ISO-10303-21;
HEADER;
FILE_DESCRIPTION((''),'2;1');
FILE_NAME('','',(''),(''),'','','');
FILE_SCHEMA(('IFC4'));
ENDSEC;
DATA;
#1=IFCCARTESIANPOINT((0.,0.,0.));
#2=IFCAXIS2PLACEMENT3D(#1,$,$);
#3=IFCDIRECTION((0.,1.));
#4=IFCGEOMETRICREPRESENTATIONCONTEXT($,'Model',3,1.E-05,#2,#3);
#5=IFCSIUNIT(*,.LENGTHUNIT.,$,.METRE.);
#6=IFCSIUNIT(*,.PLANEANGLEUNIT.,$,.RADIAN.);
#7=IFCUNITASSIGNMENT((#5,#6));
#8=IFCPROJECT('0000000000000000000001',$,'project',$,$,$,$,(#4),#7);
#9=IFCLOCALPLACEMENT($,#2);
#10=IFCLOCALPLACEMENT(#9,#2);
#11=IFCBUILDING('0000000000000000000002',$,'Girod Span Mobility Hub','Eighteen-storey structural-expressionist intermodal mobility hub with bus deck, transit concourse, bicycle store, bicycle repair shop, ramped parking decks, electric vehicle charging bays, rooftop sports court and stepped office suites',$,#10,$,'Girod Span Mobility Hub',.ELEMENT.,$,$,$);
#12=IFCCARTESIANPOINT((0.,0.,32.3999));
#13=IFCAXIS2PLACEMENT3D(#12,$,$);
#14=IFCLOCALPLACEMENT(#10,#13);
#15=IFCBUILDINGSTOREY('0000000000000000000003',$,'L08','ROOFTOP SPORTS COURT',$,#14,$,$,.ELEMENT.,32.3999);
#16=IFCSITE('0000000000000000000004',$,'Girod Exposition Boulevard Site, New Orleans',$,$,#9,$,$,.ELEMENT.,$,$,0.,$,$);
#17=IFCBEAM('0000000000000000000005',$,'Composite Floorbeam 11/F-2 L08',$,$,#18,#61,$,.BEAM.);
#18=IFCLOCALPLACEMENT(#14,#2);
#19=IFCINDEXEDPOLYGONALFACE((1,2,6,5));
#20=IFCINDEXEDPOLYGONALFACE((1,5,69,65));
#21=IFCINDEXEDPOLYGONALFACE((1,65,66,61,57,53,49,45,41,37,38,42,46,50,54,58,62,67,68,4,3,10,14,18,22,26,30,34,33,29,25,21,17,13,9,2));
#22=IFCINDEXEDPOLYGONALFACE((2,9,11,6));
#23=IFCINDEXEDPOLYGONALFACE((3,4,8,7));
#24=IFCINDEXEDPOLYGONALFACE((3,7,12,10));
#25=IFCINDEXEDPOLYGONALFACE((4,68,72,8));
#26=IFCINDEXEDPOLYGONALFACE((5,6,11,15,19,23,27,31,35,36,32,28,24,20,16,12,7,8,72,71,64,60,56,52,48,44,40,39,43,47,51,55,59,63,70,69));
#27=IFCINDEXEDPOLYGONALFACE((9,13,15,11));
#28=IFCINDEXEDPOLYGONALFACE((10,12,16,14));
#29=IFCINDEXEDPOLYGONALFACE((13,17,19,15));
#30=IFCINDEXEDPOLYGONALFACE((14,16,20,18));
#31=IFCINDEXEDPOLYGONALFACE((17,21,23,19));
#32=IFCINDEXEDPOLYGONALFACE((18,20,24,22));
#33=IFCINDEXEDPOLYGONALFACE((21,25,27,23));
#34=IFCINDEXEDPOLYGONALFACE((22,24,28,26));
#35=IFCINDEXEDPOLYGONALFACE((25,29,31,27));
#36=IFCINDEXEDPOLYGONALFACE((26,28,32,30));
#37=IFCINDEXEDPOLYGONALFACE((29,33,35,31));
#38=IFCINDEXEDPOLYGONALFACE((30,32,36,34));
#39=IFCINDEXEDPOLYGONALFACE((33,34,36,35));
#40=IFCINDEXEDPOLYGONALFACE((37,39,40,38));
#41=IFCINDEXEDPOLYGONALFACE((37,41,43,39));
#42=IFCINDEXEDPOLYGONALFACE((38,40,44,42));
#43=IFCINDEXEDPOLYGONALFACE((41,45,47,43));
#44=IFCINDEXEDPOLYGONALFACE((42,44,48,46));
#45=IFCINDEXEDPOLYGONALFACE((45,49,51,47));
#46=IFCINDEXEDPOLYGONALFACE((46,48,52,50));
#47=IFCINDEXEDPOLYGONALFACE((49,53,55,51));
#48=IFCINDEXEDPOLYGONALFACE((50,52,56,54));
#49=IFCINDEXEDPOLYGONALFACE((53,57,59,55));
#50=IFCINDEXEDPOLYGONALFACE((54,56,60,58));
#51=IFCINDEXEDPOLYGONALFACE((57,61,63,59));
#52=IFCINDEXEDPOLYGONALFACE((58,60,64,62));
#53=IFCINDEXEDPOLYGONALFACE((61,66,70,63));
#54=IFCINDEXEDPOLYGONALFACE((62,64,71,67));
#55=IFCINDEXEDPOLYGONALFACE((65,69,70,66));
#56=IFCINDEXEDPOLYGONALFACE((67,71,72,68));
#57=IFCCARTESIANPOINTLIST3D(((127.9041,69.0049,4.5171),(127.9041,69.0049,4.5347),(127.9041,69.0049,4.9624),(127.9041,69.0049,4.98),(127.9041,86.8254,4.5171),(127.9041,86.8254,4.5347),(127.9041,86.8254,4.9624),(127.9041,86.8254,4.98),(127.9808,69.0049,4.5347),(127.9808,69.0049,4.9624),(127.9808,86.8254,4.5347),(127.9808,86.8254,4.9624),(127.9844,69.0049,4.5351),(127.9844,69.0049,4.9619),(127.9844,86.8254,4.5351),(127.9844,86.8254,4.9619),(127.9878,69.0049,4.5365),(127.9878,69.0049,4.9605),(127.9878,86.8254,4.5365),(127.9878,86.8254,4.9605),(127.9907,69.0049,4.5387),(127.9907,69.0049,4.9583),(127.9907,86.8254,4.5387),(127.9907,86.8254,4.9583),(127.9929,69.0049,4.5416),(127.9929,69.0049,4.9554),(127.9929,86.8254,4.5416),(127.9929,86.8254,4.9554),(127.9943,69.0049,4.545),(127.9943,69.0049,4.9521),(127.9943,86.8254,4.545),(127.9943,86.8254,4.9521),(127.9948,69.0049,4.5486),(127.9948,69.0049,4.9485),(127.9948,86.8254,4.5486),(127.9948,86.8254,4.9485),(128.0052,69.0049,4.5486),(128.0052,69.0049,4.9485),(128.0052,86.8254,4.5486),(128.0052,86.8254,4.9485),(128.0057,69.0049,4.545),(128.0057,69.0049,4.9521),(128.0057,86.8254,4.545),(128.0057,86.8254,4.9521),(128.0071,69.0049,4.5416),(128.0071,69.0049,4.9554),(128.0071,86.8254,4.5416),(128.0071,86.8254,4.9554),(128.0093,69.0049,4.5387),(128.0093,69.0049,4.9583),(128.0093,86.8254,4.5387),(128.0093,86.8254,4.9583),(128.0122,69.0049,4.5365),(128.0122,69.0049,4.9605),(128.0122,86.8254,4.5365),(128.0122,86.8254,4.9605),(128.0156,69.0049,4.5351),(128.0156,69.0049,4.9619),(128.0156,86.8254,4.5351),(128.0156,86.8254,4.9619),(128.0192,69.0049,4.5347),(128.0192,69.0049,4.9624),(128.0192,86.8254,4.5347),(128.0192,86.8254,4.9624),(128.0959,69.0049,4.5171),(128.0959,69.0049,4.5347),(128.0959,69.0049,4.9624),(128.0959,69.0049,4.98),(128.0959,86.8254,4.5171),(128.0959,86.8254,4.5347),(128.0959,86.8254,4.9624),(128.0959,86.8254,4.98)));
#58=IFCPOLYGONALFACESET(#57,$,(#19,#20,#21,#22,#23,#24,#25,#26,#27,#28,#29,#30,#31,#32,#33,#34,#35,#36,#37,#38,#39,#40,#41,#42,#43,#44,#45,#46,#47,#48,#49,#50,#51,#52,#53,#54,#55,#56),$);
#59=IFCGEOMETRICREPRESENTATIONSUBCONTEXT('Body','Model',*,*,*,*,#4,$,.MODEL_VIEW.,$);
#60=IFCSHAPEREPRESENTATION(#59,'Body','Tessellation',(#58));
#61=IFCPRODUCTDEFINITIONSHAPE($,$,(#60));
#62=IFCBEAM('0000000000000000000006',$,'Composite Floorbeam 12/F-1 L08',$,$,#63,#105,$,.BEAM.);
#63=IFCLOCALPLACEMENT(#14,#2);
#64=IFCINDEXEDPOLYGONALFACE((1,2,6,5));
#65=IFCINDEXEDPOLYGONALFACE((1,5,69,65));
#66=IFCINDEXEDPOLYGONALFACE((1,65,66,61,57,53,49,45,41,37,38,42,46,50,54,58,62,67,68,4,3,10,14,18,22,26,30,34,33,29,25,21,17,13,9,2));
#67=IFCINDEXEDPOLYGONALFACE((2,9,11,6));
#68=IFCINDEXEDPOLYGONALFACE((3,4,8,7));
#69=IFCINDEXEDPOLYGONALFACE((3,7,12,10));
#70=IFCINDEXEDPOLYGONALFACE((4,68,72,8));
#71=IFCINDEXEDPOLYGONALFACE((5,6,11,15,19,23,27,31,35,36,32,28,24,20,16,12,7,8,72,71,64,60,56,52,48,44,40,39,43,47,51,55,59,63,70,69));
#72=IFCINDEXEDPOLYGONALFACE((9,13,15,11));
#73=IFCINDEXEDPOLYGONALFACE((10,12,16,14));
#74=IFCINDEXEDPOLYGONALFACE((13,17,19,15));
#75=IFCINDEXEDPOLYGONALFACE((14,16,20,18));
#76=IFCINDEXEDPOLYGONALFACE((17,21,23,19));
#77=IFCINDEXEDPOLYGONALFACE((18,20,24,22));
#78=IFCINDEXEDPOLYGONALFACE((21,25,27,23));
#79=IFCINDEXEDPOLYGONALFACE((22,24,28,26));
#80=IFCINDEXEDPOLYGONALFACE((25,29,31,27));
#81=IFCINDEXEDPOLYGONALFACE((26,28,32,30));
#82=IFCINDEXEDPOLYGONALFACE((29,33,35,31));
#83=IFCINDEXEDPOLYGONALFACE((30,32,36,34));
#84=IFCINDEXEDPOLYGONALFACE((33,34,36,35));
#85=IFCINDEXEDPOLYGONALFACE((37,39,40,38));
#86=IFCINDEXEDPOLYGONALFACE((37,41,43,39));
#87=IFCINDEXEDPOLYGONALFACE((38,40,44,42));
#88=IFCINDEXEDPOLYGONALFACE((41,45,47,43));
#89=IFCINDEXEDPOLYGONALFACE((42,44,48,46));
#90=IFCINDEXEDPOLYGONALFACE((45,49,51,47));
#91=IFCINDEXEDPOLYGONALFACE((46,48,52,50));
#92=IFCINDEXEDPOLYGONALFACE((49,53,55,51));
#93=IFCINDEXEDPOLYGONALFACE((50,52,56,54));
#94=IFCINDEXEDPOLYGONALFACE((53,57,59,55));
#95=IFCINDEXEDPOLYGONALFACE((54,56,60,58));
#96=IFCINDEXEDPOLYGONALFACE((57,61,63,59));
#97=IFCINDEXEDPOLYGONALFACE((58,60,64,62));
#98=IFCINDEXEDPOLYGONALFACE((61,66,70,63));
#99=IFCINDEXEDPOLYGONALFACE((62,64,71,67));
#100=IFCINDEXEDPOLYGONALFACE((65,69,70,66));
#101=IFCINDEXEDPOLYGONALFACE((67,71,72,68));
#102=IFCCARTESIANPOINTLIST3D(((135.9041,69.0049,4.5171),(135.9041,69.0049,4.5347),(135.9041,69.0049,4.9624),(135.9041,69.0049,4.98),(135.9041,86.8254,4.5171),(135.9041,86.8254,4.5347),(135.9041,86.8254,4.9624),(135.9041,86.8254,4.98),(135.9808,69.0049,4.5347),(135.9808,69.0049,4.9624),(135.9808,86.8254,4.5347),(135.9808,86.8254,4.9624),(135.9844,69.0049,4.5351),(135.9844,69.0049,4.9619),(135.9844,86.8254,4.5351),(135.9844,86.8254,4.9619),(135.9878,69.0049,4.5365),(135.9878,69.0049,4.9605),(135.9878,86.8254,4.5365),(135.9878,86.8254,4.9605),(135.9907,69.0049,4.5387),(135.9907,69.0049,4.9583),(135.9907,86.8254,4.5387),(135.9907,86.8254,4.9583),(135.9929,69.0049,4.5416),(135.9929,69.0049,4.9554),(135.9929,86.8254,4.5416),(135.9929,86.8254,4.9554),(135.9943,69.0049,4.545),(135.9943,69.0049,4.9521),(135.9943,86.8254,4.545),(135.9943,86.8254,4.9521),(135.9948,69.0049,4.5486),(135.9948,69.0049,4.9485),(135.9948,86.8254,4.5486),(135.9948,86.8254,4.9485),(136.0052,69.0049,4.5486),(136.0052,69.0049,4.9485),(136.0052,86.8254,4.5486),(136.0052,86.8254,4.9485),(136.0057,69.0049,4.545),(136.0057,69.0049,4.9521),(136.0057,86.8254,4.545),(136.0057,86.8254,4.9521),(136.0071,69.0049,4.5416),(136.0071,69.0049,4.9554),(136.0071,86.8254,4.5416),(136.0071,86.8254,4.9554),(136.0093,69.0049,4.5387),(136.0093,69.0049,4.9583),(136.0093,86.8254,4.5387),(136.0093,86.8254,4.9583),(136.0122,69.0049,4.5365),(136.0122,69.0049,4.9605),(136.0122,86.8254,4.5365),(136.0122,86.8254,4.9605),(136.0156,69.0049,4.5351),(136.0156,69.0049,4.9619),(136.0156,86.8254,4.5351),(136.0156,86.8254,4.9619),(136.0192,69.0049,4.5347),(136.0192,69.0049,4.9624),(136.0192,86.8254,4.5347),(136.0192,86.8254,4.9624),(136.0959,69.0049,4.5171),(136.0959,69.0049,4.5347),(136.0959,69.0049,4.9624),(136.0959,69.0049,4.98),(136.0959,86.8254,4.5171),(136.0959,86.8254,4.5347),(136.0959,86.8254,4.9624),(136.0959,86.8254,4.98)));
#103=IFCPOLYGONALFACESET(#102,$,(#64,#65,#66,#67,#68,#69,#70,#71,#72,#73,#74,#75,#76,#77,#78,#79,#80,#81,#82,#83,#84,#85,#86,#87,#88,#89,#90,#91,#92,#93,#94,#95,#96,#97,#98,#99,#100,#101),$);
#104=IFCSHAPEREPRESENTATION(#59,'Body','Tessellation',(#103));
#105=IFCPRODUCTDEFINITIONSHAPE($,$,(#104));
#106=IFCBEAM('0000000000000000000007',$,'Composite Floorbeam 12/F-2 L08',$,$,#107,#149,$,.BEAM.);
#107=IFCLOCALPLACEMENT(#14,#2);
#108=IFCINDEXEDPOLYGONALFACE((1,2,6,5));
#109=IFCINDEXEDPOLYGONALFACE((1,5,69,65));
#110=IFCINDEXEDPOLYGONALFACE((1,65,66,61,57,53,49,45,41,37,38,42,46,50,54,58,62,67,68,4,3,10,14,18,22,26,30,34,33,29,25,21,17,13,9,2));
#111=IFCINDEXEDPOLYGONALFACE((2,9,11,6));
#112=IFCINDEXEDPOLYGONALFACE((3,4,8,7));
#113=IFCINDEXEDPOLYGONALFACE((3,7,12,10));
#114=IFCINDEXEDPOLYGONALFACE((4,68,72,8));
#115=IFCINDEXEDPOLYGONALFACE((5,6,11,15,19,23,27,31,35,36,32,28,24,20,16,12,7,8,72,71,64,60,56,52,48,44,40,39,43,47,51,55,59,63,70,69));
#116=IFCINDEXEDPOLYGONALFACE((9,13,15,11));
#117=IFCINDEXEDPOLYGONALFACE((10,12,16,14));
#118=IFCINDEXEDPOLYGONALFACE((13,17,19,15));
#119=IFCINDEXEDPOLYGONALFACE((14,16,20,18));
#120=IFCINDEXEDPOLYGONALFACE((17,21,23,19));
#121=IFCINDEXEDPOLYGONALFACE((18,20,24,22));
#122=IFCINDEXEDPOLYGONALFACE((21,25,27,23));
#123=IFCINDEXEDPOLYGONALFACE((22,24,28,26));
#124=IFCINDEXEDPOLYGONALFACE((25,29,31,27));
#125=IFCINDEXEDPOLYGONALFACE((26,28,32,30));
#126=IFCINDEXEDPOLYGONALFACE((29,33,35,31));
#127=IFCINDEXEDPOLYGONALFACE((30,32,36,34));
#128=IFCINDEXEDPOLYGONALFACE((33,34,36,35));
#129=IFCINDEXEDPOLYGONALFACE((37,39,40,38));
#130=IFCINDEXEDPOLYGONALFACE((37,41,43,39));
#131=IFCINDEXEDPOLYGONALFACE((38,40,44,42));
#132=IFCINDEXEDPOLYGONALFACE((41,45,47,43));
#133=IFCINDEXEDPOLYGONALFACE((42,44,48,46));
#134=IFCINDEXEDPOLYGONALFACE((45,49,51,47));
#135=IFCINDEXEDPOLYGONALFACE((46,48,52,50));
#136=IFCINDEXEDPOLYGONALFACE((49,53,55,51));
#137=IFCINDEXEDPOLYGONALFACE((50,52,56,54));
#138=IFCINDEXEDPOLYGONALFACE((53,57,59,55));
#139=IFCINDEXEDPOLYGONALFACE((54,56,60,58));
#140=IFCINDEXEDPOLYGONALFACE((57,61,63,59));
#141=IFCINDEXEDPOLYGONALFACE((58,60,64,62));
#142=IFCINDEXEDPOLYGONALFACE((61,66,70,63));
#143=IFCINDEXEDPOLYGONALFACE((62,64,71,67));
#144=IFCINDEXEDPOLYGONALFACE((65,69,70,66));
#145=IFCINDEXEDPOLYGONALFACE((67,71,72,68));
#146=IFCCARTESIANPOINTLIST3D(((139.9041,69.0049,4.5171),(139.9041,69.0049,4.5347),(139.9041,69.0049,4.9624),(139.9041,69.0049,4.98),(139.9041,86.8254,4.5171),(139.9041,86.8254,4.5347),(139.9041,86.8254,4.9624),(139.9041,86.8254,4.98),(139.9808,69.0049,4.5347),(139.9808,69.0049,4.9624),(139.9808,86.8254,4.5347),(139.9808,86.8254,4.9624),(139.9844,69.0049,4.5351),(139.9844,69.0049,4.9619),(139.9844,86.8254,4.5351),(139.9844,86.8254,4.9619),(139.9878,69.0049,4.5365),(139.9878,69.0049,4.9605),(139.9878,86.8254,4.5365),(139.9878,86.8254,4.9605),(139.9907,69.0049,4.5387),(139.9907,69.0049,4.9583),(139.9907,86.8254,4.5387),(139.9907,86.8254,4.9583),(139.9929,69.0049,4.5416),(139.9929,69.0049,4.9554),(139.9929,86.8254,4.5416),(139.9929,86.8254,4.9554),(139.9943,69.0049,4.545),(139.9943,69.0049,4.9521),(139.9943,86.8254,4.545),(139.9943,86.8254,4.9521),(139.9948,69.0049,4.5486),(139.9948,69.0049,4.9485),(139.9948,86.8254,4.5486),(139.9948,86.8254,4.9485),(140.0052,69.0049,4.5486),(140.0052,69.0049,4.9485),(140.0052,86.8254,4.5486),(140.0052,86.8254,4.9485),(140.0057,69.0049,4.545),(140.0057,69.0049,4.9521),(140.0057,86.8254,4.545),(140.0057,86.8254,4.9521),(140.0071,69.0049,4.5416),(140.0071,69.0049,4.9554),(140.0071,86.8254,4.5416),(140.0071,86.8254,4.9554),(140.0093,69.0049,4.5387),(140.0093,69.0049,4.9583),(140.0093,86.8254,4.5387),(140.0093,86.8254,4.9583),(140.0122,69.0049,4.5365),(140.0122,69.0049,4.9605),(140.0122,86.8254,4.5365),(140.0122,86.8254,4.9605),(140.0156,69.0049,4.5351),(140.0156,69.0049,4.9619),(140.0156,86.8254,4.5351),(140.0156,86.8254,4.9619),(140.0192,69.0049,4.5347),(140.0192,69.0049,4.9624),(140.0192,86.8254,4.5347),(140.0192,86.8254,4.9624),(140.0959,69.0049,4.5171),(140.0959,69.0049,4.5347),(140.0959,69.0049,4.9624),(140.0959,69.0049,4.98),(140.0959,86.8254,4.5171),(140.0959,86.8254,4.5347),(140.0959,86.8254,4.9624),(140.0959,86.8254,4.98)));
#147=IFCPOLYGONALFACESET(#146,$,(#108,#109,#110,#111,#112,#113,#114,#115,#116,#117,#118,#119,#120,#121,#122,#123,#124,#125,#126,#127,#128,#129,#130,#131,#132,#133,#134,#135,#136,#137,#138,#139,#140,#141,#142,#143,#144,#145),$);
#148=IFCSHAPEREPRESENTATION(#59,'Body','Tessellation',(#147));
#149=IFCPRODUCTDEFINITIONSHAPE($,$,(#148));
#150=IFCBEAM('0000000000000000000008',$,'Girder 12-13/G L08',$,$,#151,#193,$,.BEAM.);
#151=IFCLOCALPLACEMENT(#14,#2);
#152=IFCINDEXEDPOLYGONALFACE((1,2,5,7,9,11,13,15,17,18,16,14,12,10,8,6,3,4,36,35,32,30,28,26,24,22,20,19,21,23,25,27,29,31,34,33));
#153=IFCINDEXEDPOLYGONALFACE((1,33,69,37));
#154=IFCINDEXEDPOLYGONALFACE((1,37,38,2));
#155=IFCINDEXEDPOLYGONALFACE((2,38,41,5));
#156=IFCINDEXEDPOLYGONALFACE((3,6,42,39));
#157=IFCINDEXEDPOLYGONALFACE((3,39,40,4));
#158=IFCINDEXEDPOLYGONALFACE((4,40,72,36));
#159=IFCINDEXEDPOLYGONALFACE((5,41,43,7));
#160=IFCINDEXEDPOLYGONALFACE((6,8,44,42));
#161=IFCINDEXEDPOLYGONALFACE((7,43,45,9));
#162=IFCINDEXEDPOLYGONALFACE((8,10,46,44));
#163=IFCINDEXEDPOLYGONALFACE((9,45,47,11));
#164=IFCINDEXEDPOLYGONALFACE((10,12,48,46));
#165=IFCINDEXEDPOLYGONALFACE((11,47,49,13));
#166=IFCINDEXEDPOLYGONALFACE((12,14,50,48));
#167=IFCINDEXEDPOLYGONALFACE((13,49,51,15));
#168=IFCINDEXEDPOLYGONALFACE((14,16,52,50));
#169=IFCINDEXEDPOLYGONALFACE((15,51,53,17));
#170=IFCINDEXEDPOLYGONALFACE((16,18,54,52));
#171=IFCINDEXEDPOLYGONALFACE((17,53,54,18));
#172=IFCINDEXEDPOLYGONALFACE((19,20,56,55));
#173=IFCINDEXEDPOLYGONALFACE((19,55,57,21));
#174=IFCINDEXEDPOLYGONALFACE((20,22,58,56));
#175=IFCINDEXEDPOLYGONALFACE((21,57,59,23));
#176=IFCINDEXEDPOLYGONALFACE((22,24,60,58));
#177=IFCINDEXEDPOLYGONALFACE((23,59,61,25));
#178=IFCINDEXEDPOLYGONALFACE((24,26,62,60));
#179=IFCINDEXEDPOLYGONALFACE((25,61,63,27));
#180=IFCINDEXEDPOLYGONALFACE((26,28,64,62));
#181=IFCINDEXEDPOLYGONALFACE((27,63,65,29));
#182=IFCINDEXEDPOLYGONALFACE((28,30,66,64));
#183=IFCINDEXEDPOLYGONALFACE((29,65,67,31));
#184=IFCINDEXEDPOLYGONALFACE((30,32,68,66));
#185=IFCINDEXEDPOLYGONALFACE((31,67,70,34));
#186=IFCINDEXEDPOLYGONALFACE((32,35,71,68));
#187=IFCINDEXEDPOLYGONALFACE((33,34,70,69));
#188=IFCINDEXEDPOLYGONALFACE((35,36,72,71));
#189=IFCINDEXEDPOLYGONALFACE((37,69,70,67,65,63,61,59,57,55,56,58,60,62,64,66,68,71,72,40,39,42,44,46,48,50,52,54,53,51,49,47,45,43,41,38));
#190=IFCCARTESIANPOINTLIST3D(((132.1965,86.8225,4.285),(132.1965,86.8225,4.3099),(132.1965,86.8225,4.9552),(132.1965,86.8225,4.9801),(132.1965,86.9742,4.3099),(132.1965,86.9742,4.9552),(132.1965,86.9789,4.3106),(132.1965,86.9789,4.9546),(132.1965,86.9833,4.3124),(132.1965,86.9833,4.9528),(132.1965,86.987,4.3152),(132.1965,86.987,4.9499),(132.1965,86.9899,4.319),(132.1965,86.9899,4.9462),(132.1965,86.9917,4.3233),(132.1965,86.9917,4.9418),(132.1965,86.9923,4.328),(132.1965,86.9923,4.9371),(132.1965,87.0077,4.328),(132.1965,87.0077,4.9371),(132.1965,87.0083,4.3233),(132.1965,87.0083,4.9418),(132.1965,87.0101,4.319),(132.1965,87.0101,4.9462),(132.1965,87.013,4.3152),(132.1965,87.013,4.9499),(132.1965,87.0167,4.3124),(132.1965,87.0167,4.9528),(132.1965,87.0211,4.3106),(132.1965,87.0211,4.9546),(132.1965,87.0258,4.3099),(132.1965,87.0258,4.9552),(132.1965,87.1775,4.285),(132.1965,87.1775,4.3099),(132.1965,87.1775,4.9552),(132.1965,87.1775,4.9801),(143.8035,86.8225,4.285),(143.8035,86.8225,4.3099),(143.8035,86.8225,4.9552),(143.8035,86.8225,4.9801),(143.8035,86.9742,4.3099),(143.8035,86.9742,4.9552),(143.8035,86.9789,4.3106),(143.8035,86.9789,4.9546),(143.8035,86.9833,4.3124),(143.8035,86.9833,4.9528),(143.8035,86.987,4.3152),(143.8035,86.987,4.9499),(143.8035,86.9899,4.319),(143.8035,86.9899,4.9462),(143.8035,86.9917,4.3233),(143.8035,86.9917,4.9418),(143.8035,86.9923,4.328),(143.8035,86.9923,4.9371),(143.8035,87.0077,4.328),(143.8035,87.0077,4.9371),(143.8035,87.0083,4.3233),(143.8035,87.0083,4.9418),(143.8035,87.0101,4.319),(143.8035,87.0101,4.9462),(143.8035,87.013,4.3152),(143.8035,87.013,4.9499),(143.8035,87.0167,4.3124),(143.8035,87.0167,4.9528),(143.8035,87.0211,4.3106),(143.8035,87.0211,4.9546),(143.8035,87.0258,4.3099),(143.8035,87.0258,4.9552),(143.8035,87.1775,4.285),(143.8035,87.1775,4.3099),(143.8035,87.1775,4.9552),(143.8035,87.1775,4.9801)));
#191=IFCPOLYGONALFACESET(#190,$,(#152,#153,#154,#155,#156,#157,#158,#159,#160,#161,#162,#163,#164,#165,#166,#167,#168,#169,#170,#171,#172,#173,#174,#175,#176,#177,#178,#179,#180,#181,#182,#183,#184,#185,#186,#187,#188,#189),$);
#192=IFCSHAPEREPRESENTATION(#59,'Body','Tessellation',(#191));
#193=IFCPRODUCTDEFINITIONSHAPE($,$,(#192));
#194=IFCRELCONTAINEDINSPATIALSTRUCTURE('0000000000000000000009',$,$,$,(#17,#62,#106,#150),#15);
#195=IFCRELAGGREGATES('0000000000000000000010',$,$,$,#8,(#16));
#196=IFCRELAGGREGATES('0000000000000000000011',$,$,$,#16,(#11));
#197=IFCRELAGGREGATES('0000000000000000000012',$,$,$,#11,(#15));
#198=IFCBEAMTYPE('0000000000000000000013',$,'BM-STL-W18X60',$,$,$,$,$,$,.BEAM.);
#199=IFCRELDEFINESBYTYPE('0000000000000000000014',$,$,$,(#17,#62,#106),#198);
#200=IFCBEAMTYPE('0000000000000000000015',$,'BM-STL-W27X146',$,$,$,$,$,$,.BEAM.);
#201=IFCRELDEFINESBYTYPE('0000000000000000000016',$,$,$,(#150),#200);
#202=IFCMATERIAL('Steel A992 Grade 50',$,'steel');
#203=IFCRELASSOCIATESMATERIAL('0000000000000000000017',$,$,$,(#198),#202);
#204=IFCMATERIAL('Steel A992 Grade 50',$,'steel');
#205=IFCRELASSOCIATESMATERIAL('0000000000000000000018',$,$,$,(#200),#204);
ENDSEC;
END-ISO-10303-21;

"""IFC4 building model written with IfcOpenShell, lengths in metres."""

from ifc_helpers import new_model, si_unit, direction, frame, origin, origin_2d, place, context, subcontext, project, spatial, i_section, extrude, material, material_profile, profile_set, type_object, element, save


model = new_model("IFC4")

# Units and contexts
model_context = context("Model", 3, precision=1e-05, world=origin(), true_north=direction((0.0, 1.0)))
body_context = subcontext(model_context, "Body", "Model", "MODEL_VIEW")
ifc_project = project(units=[si_unit("LENGTHUNIT", "METRE"), si_unit("PLANEANGLEUNIT", "RADIAN")], contexts=[model_context])

# Site, building, storey
site_placement = place(None, origin())
site = spatial("IfcSite", under=ifc_project, at=site_placement, Name="Girod Exposition Boulevard Site, New Orleans", CompositionType="ELEMENT", RefElevation=0.0)
building_placement = place(site_placement, origin())
building = spatial("IfcBuilding", under=site, at=building_placement, Name="Girod Span Mobility Hub", Description="Eighteen-storey structural-expressionist intermodal mobility hub with bus deck, transit concourse, bicycle store, bicycle repair shop, ramped parking decks, electric vehicle charging bays, rooftop sports court and stepped office suites", LongName="Girod Span Mobility Hub", CompositionType="ELEMENT")
storey_placement = place(building_placement, frame((0.0, 0.0, 32.3999)))
storey = spatial("IfcBuildingStorey", under=building, at=storey_placement, Name="L08", Description="ROOFTOP SPORTS COURT", CompositionType="ELEMENT", Elevation=32.3999)

# Beams
ifc_material_1 = material(Name="Steel A992 Grade 50", Category="steel")
ifc_material_profile_1 = material_profile(ifc_material_1, i_section(OverallWidth=0.1919, OverallDepth=0.4629, WebThickness=0.0105, FlangeThickness=0.0176, FilletRadius=0.0139, at=origin_2d()), Name="W18X60")
ifc_profile_set_1 = profile_set([ifc_material_profile_1], Name="Steel A992 Grade 50")
beam_type_1 = type_object("IfcBeamType", Name="BM-STL-W18X60", PredefinedType="BEAM", material=ifc_profile_set_1)
for number, where, z_axis, x_axis, name in (
    (1, (128.0, 69.0049, 4.7485), (0.0, 1.0, 0.0), (-1.0, 0.0, 0.0), "Composite Floorbeam 11/F-2 L08"),
    (2, (136.0, 69.0049, 4.7485), (0.0, 1.0, 0.0), (-1.0, 0.0, 0.0), "Composite Floorbeam 12/F-1 L08"),
    (3, (140.0, 69.0049, 4.7485), (0.0, 1.0, 0.0), (-1.0, 0.0, 0.0), "Composite Floorbeam 12/F-2 L08"),
):
    element("IfcBeam", number, at=place(storey_placement, frame(where, z_axis=z_axis, x_axis=x_axis)), inside=storey, type_object=beam_type_1, Name=name, PredefinedType="BEAM", context=body_context, shape_type="SweptSolid", body=[
        extrude(i_section(OverallWidth=0.1919, OverallDepth=0.4629, WebThickness=0.0105, FlangeThickness=0.0176, FilletRadius=0.0139, at=origin_2d()), origin(), (0.0, 0.0, 1.0), 17.8206),
    ])
ifc_material_2 = material(Name="Steel A992 Grade 50", Category="steel")
ifc_material_profile_2 = material_profile(ifc_material_2, i_section(OverallWidth=0.355, OverallDepth=0.6951, WebThickness=0.0154, FlangeThickness=0.0249, FilletRadius=0.0181, at=origin_2d()), Name="W27X146")
ifc_profile_set_2 = profile_set([ifc_material_profile_2], Name="Steel A992 Grade 50")
beam_type_2 = type_object("IfcBeamType", Name="BM-STL-W27X146", PredefinedType="BEAM", material=ifc_profile_set_2)
beam_1_placement = place(storey_placement, frame((132.1965, 87.0, 4.6326), z_axis=(1.0, 0.0, 0.0), x_axis=(0.0, 1.0, 0.0)))
element("IfcBeam", 4, at=beam_1_placement, inside=storey, type_object=beam_type_2, Name="Girder 12-13/G L08", PredefinedType="BEAM", context=body_context, shape_type="SweptSolid", body=[
    extrude(i_section(OverallWidth=0.355, OverallDepth=0.6951, WebThickness=0.0154, FlangeThickness=0.0249, FilletRadius=0.0181, at=origin_2d()), origin(), (0.0, 0.0, 1.0), 11.6069),
])

save(model, "model.ifc")
